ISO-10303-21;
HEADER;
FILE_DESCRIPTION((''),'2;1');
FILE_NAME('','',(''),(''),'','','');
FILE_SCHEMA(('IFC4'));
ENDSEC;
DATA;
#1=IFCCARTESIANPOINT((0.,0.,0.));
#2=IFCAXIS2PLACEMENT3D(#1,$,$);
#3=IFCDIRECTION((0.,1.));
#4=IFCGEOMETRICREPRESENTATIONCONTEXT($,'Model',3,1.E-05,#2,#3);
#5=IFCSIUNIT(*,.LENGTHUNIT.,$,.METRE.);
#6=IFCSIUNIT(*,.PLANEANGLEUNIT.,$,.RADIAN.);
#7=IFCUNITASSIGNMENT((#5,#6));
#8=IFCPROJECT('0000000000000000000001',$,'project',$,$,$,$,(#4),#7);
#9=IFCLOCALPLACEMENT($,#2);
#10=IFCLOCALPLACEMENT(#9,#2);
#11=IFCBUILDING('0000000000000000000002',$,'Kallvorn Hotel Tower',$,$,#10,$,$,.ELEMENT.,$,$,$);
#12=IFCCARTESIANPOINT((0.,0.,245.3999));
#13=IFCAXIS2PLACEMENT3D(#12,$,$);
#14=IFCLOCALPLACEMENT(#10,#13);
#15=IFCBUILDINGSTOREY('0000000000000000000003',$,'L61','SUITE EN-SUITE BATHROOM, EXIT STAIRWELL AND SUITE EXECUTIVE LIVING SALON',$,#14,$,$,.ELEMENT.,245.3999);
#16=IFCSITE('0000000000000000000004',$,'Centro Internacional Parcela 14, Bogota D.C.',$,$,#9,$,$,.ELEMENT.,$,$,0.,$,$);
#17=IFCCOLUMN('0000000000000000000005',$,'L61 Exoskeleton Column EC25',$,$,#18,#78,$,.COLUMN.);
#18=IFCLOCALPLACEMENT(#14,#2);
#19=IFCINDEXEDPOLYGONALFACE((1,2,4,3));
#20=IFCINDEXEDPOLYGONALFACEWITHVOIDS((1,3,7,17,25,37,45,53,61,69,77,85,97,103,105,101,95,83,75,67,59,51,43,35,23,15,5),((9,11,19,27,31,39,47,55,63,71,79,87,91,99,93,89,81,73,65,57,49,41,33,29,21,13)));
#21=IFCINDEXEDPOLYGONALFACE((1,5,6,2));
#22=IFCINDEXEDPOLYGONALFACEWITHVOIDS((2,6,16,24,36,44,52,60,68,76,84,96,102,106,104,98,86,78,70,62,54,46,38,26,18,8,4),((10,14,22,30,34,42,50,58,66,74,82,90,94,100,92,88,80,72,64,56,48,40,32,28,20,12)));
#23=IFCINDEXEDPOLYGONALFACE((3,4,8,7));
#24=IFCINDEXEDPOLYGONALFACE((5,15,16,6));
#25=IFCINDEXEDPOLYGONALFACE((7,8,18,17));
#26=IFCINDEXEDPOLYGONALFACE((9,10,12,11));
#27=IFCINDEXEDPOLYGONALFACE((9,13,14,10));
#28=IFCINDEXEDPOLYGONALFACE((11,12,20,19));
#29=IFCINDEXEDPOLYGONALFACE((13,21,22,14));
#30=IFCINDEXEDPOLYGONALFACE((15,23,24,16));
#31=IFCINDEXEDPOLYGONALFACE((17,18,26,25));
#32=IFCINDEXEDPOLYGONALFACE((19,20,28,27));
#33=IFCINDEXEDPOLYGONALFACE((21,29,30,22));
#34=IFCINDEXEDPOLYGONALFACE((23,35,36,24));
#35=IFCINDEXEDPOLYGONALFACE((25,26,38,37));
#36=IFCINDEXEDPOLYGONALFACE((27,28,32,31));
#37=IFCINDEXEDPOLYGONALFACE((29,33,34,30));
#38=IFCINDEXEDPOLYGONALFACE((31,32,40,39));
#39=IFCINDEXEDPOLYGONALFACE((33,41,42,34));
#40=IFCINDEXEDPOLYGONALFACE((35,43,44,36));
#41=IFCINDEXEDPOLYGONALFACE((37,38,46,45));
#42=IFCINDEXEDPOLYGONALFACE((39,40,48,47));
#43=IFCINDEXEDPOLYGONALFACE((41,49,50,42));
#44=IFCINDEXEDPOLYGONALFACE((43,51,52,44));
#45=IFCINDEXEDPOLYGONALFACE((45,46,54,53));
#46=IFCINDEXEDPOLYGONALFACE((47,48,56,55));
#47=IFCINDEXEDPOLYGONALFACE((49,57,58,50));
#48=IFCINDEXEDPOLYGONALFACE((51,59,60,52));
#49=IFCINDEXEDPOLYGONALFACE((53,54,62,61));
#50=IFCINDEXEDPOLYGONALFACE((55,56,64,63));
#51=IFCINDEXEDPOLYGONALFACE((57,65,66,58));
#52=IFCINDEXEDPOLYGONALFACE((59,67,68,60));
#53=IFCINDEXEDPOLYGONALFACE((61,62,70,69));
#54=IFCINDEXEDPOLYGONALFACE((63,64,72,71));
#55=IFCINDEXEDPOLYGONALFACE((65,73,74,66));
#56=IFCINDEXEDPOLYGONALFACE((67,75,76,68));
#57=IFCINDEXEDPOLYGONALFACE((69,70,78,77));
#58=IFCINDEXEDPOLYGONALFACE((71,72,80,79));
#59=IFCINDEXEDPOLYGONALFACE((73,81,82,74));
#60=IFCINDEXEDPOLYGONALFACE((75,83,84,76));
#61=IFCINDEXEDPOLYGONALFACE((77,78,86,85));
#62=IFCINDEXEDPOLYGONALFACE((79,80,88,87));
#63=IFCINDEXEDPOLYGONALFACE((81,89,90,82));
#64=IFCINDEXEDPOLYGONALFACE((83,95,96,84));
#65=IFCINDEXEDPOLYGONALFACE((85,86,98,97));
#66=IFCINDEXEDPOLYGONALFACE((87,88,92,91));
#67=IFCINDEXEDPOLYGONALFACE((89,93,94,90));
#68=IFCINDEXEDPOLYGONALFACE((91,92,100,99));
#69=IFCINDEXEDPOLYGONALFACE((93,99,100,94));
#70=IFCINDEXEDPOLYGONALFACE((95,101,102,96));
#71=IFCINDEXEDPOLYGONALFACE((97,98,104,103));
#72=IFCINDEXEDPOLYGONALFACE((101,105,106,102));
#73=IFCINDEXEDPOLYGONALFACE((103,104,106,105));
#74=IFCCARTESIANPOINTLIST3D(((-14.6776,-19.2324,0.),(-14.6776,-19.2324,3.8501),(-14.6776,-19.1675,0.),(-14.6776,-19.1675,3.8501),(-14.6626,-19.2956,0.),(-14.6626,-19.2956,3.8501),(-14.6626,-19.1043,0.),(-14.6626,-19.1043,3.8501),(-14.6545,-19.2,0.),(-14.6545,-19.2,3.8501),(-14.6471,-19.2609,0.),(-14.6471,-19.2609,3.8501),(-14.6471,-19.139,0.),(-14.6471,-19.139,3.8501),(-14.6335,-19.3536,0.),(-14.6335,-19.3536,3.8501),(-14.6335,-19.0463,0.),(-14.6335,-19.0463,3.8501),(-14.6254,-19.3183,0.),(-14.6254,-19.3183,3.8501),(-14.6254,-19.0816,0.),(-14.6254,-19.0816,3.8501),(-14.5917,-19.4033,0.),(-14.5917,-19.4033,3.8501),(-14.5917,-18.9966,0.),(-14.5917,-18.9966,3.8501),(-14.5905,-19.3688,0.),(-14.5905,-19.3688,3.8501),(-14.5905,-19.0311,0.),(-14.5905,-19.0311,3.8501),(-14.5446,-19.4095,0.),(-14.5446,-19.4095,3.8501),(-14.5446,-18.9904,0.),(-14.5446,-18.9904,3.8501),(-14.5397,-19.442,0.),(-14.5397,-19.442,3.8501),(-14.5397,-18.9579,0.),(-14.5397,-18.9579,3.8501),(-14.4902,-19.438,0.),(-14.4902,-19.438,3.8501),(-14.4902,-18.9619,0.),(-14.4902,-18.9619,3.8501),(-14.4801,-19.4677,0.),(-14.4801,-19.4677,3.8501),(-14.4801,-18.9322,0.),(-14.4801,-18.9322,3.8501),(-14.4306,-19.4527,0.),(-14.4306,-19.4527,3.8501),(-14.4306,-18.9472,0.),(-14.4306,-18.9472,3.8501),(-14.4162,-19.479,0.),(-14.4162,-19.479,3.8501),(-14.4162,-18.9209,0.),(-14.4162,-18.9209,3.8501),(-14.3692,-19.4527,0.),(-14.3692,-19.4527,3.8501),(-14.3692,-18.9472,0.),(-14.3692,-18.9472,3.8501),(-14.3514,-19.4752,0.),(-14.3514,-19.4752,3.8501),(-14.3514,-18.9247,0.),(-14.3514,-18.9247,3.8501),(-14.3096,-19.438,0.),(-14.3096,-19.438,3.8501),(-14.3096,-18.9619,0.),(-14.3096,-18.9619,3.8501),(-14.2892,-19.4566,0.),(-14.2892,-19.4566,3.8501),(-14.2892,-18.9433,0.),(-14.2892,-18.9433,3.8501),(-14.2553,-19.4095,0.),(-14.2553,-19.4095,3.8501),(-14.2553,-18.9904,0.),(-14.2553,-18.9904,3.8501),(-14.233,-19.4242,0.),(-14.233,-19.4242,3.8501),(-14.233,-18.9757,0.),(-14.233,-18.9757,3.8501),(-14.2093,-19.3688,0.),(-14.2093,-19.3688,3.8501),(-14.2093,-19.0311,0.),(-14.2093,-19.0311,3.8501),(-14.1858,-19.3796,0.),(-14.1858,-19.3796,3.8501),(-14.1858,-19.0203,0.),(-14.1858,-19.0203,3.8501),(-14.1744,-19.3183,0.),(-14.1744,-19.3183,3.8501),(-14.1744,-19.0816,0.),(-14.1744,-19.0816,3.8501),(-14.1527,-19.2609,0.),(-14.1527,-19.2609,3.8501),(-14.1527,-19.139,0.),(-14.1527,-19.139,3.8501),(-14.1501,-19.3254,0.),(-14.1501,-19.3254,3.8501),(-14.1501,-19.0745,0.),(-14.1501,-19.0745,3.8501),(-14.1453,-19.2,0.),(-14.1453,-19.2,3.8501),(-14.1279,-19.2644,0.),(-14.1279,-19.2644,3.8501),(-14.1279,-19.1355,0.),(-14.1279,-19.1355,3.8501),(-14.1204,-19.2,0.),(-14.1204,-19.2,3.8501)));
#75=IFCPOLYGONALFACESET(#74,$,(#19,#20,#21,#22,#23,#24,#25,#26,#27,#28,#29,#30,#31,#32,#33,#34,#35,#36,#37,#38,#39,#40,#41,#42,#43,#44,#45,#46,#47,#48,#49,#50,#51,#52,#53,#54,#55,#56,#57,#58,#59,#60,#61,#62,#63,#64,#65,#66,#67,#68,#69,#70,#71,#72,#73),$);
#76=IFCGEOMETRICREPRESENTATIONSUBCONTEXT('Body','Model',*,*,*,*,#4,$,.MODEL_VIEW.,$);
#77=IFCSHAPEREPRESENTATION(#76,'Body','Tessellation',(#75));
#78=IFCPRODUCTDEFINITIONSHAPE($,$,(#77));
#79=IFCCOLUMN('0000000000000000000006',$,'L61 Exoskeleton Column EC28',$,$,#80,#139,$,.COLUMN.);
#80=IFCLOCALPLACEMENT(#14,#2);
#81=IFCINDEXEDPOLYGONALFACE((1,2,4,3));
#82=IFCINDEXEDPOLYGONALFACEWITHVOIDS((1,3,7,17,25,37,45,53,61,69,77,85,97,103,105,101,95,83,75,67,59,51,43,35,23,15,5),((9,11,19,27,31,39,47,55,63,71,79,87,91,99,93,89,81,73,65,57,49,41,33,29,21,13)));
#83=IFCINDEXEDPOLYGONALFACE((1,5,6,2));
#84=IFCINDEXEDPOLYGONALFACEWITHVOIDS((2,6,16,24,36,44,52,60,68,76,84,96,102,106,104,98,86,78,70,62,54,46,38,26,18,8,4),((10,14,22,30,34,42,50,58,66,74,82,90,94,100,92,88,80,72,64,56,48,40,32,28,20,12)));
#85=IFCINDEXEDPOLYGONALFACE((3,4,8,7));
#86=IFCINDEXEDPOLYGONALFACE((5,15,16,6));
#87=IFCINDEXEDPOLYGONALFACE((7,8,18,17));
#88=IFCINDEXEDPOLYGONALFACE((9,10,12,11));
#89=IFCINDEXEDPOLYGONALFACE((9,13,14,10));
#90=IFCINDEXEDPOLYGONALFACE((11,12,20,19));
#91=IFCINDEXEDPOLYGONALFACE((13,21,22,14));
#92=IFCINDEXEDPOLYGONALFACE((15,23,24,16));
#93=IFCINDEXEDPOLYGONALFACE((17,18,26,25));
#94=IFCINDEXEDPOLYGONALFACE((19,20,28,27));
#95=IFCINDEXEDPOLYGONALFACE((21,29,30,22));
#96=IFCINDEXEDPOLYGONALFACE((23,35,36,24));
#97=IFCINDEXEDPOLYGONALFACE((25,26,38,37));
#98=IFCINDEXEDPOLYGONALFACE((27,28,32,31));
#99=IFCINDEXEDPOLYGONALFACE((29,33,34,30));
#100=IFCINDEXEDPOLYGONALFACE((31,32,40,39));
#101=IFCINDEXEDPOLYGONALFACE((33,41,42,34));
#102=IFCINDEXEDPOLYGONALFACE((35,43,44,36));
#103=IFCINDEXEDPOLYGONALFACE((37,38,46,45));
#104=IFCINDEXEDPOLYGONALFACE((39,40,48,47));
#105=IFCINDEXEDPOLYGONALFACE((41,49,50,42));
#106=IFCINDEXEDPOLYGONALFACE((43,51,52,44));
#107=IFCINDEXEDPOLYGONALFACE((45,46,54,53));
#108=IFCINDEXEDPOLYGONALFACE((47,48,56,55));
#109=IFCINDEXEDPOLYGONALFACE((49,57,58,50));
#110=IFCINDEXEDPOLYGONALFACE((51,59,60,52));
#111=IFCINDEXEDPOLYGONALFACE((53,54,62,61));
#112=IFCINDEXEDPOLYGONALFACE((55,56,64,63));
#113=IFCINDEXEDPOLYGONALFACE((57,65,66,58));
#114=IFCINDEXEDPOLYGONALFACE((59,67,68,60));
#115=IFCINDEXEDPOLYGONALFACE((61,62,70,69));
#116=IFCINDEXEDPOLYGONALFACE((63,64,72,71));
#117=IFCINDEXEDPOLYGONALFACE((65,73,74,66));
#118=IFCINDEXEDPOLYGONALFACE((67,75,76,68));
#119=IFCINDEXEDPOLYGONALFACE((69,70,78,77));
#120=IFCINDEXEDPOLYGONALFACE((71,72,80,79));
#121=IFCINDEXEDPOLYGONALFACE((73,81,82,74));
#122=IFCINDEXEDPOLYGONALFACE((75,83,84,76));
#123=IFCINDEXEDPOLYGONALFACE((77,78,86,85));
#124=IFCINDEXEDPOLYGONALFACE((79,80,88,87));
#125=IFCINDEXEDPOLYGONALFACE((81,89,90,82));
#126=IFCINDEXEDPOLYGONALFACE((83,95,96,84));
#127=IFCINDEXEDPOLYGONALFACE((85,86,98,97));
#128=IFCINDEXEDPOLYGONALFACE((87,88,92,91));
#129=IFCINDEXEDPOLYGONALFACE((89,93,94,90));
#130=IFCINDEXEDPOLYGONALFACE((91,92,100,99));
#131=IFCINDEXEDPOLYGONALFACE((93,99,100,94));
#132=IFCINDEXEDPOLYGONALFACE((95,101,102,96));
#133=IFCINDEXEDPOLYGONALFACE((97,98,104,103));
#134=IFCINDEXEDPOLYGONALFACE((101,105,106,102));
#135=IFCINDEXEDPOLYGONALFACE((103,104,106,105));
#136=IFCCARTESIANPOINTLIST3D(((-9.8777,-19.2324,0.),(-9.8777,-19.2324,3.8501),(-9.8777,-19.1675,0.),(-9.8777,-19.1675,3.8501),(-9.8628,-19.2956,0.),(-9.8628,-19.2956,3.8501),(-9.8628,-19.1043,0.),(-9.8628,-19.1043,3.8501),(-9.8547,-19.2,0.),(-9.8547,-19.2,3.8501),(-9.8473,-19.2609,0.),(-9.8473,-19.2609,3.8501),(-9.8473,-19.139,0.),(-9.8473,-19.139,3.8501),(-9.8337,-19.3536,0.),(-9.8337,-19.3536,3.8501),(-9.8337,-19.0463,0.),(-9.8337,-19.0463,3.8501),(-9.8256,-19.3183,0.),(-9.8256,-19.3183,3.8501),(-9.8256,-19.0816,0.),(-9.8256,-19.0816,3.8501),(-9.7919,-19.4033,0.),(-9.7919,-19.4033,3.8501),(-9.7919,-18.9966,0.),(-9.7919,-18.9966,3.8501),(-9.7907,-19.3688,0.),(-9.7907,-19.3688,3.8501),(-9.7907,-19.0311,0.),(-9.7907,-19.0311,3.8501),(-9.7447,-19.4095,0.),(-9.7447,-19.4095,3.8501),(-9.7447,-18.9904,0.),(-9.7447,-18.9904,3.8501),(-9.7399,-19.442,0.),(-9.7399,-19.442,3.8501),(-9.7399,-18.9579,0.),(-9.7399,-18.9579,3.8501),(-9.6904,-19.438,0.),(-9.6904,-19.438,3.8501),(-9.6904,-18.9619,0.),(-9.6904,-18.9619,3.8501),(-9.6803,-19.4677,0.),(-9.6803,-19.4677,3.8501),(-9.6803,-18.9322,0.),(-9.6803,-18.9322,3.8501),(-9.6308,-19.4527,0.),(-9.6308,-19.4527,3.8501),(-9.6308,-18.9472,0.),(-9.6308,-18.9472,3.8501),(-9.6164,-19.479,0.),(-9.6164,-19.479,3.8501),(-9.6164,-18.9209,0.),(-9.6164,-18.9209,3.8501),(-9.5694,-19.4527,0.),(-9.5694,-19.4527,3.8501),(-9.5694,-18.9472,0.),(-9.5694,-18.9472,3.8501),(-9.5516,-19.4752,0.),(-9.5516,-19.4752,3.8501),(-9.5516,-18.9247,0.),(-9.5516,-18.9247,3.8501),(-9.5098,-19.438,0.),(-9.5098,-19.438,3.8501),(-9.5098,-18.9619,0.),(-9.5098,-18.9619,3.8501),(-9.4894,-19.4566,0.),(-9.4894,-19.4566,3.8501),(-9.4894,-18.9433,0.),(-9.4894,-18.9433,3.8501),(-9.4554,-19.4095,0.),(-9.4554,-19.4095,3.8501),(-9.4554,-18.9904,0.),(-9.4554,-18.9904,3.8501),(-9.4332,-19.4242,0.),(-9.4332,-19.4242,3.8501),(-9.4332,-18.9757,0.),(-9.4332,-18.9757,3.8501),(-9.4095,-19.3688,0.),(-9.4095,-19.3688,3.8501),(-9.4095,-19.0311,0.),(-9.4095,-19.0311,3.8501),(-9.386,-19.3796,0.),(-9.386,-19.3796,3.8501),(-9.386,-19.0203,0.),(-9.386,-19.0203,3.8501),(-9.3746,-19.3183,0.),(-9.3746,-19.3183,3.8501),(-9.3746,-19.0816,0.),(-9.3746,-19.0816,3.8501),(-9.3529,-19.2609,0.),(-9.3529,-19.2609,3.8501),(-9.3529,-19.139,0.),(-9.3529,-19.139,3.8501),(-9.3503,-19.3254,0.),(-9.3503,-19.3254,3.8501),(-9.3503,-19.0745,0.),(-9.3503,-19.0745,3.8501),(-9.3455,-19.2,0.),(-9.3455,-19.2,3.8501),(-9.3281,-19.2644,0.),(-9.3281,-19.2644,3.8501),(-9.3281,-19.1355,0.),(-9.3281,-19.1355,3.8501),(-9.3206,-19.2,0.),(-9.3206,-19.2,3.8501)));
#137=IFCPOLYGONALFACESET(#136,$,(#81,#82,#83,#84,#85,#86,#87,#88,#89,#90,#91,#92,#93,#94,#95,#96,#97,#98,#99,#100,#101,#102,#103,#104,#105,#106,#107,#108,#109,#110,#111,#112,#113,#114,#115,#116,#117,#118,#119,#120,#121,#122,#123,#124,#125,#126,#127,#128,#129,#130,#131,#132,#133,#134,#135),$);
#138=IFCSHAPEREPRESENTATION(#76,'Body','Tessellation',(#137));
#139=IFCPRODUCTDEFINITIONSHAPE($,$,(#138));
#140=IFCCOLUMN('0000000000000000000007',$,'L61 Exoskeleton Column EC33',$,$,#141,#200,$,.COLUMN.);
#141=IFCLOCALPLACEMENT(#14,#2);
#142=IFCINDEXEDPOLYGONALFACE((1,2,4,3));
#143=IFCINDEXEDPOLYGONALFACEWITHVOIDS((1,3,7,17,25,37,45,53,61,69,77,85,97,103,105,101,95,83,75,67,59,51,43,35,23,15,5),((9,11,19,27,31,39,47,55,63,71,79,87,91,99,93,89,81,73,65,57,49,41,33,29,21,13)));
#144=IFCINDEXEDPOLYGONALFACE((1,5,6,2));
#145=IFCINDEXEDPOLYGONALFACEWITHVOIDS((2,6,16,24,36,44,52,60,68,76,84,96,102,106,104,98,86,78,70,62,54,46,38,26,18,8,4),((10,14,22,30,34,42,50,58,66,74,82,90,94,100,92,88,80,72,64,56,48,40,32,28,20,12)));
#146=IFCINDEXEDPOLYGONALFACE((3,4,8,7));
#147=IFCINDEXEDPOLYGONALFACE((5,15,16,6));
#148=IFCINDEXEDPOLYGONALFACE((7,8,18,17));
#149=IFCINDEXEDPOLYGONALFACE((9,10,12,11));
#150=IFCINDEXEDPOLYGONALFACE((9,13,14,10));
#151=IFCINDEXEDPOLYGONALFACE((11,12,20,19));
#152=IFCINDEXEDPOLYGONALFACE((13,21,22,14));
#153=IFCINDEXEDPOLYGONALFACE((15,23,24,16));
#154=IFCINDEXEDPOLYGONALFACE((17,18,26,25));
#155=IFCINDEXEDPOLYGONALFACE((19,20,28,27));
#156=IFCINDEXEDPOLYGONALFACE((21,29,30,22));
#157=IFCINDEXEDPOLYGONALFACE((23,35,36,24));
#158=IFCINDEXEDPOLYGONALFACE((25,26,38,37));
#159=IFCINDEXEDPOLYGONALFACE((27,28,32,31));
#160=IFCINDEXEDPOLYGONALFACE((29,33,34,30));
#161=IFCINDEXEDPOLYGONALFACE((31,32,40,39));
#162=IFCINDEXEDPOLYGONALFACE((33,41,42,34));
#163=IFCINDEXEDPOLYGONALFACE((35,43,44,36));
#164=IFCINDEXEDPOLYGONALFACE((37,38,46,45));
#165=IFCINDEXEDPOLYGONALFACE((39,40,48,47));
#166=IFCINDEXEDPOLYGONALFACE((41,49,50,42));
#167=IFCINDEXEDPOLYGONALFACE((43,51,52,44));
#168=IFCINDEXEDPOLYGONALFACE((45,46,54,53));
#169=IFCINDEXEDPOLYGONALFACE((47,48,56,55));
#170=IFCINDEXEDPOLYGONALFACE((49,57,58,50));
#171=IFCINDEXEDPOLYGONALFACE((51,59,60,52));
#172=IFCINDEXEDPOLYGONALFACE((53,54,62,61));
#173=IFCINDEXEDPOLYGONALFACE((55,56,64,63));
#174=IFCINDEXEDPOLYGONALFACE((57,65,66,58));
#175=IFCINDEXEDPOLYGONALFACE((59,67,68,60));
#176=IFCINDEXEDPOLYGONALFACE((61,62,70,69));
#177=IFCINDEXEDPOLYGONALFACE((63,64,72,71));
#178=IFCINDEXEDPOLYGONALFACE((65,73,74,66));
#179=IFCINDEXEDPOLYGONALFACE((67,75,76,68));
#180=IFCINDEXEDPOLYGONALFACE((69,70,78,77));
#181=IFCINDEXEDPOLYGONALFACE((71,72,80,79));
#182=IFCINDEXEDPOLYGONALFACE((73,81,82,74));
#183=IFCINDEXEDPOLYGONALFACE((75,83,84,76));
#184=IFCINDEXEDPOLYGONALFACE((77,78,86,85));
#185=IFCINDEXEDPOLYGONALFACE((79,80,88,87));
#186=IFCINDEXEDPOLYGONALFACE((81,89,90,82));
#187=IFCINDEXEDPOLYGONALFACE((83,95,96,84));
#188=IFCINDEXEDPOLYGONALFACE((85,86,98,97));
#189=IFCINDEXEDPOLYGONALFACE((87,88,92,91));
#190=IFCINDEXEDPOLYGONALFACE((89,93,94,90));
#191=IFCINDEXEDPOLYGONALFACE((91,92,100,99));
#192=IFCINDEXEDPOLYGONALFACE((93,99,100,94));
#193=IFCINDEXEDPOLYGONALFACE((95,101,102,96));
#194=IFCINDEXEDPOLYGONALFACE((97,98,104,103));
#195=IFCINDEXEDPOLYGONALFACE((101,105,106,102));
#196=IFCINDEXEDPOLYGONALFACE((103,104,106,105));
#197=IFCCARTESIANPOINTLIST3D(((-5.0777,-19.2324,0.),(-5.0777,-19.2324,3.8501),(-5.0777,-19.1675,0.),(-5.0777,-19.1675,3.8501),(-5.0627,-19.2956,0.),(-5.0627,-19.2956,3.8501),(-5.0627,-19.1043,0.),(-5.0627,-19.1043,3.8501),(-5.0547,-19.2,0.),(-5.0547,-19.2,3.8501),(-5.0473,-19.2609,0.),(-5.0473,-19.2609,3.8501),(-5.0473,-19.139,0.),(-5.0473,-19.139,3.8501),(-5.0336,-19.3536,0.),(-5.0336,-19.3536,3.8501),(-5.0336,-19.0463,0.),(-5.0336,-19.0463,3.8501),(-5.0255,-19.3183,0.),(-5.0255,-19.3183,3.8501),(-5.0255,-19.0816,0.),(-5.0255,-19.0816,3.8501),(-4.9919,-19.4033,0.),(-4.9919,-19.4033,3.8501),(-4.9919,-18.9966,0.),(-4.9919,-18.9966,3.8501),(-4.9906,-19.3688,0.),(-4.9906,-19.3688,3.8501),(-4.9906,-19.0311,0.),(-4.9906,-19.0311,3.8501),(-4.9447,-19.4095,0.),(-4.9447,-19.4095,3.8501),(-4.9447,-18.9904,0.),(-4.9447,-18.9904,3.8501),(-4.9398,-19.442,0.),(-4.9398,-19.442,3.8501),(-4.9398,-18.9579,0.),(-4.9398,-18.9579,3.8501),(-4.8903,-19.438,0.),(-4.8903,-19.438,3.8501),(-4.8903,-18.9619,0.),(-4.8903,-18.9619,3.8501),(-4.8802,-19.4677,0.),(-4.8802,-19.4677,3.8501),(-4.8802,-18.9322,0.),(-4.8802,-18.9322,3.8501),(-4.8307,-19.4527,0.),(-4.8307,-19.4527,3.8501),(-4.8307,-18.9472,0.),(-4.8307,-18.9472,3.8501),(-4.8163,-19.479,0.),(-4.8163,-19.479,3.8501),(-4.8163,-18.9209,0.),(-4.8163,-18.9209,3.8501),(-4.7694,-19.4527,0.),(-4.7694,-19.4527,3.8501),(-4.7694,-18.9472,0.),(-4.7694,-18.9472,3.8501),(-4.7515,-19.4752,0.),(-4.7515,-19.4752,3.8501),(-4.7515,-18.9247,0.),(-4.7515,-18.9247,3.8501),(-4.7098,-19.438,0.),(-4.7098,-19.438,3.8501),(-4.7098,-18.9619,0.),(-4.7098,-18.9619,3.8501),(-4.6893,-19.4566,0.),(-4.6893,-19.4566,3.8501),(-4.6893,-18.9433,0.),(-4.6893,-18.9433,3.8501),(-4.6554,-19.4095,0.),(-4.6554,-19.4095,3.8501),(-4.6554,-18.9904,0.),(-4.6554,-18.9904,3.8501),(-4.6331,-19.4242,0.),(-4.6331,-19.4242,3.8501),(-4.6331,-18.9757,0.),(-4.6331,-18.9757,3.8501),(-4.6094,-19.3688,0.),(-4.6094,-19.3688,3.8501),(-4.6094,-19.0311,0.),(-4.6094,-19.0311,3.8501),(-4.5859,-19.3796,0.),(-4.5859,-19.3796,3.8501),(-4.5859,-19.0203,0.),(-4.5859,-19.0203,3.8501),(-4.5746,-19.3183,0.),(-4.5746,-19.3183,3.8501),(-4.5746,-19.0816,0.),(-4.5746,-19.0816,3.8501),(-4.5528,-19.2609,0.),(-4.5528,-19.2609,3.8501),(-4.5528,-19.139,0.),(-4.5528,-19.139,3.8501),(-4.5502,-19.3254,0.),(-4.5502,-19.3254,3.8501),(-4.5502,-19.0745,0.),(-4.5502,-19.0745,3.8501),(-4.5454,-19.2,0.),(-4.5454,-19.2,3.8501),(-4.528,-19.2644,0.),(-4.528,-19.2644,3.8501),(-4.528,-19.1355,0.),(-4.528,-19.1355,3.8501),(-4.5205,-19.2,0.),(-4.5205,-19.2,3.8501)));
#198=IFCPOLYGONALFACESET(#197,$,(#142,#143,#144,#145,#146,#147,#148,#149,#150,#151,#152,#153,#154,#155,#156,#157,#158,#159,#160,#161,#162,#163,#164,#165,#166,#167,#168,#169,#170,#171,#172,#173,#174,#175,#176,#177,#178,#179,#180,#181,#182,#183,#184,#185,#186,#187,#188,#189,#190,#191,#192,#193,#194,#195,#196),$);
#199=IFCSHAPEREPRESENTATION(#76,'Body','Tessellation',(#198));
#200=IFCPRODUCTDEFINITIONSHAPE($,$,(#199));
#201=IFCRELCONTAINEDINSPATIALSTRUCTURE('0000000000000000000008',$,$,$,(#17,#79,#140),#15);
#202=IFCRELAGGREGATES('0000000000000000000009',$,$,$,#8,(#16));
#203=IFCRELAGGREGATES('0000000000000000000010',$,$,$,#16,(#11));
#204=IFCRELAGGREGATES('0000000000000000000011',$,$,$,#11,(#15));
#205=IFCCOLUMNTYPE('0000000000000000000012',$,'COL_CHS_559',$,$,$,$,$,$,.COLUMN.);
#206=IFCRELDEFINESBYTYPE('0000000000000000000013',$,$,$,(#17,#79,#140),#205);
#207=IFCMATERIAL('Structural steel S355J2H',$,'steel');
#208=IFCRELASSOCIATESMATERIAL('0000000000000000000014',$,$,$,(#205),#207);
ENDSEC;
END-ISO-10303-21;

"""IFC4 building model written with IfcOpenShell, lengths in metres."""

from ifc_helpers import new_model, si_unit, direction, frame, origin, origin_2d, place, context, subcontext, project, spatial, hollow_circle, extrude, material, material_profile, profile_set, type_object, element, save


model = new_model("IFC4")

# Units and contexts
model_context = context("Model", 3, precision=1e-05, world=origin(), true_north=direction((0.0, 1.0)))
body_context = subcontext(model_context, "Body", "Model", "MODEL_VIEW")
ifc_project = project(units=[si_unit("LENGTHUNIT", "METRE"), si_unit("PLANEANGLEUNIT", "RADIAN")], contexts=[model_context])

# Site, building, storey
site_placement = place(None, origin())
site = spatial("IfcSite", under=ifc_project, at=site_placement, Name="Centro Internacional Parcela 14, Bogota D.C.", CompositionType="ELEMENT", RefElevation=0.0)
building_placement = place(site_placement, origin())
building = spatial("IfcBuilding", under=site, at=building_placement, Name="Kallvorn Hotel Tower", CompositionType="ELEMENT")
storey_placement = place(building_placement, frame((0.0, 0.0, 245.3999)))
storey = spatial("IfcBuildingStorey", under=building, at=storey_placement, Name="L61", Description="SUITE EN-SUITE BATHROOM, EXIT STAIRWELL AND SUITE EXECUTIVE LIVING SALON", CompositionType="ELEMENT", Elevation=245.3999)

# Columns
ifc_material_1 = material(Name="Structural steel S355J2H", Category="steel")
ifc_material_profile_1 = material_profile(ifc_material_1, hollow_circle(Radius=0.2795, WallThickness=0.0249, at=origin_2d()), Name="CHS 559x25")
ifc_profile_set_1 = profile_set([ifc_material_profile_1], Name="Structural steel S355J2H")
column_type_1 = type_object("IfcColumnType", Name="COL_CHS_559", PredefinedType="COLUMN", material=ifc_profile_set_1)
for number, where, z_axis, x_axis, name in (
    (1, (-14.3999, -19.2, 0.0), (0.0, 0.0, 1.0), (1.0, 0.0, 0.0), "L61 Exoskeleton Column EC25"),
    (2, (-9.6001, -19.2, 0.0), (0.0, 0.0, 1.0), (1.0, 0.0, 0.0), "L61 Exoskeleton Column EC28"),
    (3, (-4.8, -19.2, 0.0), (0.0, 0.0, 1.0), (1.0, 0.0, 0.0), "L61 Exoskeleton Column EC33"),
):
    element("IfcColumn", number, at=place(storey_placement, frame(where, z_axis=z_axis, x_axis=x_axis)), inside=storey, type_object=column_type_1, Name=name, PredefinedType="COLUMN", context=body_context, shape_type="SweptSolid", body=[
        extrude(hollow_circle(Radius=0.2795, WallThickness=0.0249, at=origin_2d()), origin(), (0.0, 0.0, 1.0), 3.8501),
    ])

save(model, "model.ifc")
